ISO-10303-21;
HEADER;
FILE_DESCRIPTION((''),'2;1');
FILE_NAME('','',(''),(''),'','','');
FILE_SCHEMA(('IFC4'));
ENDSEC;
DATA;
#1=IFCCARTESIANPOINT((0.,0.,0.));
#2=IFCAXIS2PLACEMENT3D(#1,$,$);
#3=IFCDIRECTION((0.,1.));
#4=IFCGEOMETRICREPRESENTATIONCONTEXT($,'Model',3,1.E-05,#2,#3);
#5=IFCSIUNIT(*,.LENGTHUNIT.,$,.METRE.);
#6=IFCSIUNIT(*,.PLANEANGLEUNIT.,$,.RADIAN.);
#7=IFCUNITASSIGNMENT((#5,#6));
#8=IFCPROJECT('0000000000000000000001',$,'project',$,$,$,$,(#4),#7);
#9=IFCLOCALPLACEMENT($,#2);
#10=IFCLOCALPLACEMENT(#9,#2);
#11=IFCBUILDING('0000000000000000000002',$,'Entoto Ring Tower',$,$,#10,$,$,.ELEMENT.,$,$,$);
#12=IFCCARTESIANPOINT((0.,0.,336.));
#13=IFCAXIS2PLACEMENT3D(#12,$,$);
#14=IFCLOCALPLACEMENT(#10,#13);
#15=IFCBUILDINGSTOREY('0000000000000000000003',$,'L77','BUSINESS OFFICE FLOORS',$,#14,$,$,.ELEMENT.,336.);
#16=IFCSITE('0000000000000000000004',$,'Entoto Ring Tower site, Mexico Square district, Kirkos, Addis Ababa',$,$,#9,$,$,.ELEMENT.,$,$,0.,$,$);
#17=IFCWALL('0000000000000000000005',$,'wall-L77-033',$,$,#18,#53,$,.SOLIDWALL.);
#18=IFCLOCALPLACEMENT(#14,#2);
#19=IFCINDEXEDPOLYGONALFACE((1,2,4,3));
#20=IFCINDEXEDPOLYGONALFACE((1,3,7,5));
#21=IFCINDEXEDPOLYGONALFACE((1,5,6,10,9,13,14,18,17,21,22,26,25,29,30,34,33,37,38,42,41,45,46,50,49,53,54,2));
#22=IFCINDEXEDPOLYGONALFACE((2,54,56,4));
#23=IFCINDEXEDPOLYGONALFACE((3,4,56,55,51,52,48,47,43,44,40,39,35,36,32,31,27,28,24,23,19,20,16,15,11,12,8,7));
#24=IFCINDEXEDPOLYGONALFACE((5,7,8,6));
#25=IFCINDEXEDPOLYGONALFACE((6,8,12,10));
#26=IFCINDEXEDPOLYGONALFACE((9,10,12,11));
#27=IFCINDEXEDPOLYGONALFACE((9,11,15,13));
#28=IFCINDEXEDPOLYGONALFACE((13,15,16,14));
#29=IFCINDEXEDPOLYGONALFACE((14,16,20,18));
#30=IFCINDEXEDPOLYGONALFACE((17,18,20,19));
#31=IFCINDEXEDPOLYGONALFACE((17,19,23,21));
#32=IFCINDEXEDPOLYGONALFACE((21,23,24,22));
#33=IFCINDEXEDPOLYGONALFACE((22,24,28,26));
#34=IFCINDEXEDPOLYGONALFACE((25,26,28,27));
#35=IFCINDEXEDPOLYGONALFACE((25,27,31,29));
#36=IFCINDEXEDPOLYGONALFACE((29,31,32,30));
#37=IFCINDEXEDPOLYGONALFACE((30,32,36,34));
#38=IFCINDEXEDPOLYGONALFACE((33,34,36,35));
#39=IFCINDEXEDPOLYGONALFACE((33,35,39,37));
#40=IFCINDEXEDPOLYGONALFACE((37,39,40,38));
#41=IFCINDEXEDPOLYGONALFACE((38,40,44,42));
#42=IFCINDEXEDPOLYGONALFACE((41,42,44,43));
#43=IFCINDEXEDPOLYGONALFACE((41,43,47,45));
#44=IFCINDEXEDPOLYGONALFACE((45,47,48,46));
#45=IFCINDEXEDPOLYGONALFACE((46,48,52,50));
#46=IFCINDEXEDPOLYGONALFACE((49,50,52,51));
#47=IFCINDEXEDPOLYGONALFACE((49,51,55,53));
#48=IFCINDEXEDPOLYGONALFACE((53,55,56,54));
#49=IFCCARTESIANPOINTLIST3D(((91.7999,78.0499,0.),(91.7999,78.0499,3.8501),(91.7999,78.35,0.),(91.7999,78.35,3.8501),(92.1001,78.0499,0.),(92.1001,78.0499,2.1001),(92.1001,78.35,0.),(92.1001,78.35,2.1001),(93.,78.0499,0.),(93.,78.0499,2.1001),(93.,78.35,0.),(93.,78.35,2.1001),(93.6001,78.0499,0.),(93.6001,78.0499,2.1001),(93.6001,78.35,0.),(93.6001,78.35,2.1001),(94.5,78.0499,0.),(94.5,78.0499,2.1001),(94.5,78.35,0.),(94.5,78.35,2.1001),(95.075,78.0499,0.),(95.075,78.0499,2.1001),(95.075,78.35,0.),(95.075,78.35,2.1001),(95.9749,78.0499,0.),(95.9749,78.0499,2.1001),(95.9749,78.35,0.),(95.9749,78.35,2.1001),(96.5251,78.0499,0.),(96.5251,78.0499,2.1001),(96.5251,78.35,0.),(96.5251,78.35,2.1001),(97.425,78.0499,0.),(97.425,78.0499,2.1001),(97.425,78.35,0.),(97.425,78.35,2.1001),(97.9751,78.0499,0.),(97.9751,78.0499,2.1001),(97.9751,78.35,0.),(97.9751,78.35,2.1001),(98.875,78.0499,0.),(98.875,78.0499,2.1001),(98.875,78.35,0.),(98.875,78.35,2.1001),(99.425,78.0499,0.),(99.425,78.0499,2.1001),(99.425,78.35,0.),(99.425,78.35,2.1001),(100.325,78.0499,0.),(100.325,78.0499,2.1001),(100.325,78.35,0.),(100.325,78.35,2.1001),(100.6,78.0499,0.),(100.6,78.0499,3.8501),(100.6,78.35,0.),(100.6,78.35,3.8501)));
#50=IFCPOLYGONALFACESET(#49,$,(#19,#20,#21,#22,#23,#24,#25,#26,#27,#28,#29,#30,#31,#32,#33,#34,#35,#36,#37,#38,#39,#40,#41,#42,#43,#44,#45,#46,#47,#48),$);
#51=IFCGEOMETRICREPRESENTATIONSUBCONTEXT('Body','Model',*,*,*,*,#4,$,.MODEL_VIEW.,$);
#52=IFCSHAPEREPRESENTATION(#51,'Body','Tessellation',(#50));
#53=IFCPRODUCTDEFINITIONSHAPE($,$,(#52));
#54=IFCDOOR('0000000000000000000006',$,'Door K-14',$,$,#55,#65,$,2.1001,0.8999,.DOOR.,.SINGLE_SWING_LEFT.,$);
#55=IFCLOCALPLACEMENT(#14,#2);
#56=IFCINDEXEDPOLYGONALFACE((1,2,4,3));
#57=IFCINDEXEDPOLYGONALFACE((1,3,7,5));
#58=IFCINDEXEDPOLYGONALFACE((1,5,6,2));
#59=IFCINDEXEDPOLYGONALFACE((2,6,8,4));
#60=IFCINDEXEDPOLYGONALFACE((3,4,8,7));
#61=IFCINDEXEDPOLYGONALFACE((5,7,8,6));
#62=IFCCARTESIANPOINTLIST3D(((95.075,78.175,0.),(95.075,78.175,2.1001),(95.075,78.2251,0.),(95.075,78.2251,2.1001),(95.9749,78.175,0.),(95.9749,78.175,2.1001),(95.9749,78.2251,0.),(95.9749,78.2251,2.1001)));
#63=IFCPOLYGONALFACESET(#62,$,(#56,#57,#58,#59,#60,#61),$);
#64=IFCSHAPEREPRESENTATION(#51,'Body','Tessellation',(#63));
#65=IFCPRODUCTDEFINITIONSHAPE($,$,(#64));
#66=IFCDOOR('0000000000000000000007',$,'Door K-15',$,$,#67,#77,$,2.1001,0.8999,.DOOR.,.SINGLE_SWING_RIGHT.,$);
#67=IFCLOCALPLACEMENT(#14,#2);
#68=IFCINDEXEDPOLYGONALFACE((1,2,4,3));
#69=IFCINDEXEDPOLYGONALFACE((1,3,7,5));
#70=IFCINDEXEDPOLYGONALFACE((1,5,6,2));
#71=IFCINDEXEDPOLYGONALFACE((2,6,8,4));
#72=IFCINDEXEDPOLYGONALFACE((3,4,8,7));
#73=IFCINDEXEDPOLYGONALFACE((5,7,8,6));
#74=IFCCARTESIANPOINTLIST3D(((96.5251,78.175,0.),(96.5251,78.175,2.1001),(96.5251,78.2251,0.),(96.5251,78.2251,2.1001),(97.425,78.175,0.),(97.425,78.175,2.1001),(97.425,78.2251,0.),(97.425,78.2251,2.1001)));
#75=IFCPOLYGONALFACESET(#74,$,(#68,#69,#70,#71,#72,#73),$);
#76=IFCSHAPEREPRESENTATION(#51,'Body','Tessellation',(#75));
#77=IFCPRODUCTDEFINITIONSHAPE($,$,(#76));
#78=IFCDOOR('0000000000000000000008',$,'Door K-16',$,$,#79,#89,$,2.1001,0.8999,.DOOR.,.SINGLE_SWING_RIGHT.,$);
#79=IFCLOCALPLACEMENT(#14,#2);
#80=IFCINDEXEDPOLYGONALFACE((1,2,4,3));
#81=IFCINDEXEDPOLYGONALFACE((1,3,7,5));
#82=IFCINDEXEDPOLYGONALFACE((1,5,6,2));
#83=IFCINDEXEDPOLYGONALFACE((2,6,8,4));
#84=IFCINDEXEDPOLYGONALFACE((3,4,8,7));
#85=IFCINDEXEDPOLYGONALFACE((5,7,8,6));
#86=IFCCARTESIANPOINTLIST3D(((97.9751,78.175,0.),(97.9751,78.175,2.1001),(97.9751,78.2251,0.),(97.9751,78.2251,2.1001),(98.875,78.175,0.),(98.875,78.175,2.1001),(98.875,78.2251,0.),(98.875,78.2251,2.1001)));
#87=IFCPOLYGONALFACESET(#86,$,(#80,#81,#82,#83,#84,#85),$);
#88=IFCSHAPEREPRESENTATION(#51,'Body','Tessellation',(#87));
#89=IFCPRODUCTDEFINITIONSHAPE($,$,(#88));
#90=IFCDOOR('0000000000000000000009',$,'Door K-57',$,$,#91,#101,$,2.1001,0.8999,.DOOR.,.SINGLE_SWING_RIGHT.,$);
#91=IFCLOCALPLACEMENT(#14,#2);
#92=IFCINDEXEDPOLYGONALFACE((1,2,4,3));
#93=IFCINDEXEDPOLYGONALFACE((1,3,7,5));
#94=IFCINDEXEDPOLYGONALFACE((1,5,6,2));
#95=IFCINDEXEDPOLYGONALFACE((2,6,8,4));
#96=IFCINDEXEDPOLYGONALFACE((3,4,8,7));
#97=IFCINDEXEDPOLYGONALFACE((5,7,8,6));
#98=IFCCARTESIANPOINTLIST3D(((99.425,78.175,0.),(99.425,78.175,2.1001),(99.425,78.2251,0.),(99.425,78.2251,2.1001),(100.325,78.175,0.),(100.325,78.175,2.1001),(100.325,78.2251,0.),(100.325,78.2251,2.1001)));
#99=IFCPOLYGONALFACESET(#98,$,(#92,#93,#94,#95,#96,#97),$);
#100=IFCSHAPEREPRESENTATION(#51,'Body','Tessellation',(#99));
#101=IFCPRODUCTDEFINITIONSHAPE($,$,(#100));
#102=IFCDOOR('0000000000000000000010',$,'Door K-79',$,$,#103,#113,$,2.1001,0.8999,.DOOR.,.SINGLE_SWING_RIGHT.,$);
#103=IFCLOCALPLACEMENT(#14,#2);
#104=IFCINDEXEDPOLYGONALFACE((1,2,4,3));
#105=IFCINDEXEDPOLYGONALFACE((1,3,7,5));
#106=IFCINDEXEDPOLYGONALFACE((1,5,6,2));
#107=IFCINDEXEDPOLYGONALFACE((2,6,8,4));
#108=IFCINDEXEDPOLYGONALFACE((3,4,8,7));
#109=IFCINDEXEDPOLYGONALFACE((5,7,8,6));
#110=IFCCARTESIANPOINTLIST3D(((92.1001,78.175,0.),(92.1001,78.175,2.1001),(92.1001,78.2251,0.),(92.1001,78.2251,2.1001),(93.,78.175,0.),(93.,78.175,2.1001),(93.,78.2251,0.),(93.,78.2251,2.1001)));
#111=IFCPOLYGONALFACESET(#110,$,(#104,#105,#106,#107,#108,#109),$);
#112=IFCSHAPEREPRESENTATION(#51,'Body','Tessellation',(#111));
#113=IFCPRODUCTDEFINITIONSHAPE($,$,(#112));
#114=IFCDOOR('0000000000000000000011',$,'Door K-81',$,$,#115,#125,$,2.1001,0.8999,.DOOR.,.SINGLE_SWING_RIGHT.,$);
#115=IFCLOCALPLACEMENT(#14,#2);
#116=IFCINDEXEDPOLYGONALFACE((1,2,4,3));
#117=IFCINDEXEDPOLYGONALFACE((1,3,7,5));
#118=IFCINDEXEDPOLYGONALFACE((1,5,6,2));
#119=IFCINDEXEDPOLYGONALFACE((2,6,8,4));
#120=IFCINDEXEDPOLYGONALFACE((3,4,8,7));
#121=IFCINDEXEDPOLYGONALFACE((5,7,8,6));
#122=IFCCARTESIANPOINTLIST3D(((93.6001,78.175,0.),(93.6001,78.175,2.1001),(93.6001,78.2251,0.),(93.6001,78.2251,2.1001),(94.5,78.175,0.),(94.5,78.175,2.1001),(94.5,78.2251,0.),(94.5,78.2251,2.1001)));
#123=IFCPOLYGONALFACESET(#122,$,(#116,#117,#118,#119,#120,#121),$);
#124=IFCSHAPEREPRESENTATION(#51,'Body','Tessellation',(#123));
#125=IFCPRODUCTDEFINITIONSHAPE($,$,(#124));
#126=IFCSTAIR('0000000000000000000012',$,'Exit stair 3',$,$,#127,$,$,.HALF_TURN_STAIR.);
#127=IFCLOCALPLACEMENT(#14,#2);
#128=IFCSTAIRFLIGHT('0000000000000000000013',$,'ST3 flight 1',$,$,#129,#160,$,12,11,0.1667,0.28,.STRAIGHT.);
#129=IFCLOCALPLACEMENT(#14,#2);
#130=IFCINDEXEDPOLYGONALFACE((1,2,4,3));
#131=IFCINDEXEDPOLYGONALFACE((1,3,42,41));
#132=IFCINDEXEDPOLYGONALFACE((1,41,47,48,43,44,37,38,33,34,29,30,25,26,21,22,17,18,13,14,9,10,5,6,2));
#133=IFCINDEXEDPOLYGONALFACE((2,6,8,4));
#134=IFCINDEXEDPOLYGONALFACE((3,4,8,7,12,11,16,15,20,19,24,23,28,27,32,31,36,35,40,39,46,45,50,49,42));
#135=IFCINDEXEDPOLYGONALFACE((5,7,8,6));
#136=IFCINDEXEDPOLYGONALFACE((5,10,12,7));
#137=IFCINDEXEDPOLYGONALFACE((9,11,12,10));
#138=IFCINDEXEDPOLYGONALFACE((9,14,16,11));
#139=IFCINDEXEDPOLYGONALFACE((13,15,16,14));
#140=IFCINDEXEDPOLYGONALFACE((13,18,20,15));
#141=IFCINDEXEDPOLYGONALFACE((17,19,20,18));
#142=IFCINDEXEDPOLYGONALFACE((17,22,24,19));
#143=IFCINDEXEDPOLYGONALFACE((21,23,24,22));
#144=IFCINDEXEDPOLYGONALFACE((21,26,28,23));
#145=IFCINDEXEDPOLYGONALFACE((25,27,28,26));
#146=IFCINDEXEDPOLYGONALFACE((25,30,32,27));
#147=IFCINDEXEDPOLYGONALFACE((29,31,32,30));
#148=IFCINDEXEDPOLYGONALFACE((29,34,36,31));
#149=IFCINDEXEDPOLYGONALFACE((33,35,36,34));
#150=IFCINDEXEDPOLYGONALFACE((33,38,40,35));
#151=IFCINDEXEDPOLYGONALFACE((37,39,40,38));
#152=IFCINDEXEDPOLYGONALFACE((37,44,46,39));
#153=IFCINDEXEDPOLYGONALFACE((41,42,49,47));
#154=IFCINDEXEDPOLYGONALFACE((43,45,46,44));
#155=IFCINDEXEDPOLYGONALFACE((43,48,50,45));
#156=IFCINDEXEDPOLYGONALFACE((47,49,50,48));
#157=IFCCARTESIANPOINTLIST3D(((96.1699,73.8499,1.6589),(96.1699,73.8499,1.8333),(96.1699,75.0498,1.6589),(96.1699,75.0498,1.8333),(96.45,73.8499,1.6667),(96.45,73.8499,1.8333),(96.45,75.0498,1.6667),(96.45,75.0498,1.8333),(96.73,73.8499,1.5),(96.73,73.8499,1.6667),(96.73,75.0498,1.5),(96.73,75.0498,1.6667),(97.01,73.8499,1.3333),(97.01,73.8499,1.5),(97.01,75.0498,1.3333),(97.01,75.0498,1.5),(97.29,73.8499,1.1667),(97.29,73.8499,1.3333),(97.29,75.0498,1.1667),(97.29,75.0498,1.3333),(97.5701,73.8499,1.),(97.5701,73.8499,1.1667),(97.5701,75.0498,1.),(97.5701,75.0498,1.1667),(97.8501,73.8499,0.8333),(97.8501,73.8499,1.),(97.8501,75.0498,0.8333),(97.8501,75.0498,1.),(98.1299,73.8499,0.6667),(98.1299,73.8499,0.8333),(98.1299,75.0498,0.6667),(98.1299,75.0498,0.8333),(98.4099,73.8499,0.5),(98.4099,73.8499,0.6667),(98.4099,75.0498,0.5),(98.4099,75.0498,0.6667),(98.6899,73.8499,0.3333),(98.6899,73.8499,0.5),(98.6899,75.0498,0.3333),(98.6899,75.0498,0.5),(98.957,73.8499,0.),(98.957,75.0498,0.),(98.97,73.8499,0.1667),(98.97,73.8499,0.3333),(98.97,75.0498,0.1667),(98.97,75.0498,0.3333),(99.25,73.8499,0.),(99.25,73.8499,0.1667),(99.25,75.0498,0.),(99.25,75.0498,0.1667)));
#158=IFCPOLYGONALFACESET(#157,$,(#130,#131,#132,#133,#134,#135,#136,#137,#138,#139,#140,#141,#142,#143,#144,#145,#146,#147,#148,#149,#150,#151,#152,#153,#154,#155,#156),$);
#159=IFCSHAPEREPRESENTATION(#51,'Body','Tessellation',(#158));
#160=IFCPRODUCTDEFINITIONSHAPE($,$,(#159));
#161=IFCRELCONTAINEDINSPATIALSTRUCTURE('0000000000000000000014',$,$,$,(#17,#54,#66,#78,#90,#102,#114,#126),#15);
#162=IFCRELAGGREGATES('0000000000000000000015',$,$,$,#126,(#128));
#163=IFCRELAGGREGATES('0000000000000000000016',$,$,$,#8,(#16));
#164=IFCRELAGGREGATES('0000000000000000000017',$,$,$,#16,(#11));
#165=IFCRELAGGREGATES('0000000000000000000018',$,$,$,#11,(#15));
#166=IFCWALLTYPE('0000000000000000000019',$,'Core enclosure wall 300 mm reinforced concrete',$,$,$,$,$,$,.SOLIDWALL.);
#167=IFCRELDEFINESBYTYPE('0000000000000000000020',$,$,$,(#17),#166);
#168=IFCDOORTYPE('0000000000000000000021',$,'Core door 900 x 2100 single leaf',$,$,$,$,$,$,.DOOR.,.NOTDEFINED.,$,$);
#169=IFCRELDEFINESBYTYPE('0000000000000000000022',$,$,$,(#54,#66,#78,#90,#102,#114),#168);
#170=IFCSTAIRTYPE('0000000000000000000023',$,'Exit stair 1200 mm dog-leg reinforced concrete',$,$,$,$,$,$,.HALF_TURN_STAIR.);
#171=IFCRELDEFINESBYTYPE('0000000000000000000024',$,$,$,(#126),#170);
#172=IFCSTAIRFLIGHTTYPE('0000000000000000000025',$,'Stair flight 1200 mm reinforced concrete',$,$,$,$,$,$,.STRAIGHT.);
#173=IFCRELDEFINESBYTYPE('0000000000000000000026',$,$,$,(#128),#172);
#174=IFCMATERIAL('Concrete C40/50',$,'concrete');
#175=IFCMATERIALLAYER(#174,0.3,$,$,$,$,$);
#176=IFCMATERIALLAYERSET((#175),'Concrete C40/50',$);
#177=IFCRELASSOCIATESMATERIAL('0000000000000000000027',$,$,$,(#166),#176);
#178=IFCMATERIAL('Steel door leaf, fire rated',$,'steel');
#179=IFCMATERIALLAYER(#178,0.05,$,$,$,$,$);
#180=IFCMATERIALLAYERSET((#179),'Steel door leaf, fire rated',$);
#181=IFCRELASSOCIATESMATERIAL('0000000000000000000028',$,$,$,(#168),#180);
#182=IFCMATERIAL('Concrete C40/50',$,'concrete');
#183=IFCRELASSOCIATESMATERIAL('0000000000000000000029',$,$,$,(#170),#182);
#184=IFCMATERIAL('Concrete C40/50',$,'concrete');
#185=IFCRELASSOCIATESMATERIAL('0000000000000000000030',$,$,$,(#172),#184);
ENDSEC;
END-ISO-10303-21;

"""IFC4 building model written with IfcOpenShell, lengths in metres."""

from ifc_helpers import new_model, si_unit, direction, frame, frame_2d, origin, place, context, subcontext, project, spatial, polyline, rectangle, outline, extrude, material, layer, layer_set, type_object, element, fill, aggregate, save


model = new_model("IFC4")

# Units and contexts
model_context = context("Model", 3, precision=1e-05, world=origin(), true_north=direction((0.0, 1.0)))
body_context = subcontext(model_context, "Body", "Model", "MODEL_VIEW")
ifc_project = project(units=[si_unit("LENGTHUNIT", "METRE"), si_unit("PLANEANGLEUNIT", "RADIAN")], contexts=[model_context])

# Site, building, storey
site_placement = place(None, origin())
site = spatial("IfcSite", under=ifc_project, at=site_placement, Name="Entoto Ring Tower site, Mexico Square district, Kirkos, Addis Ababa", CompositionType="ELEMENT", RefElevation=0.0)
building_placement = place(site_placement, origin())
building = spatial("IfcBuilding", under=site, at=building_placement, Name="Entoto Ring Tower", CompositionType="ELEMENT")
storey_placement = place(building_placement, frame((0.0, 0.0, 336.0)))
storey = spatial("IfcBuildingStorey", under=building, at=storey_placement, Name="L77", Description="BUSINESS OFFICE FLOORS", CompositionType="ELEMENT", Elevation=336.0)

# Shared definitions
ifc_material_1 = material(Name="Concrete C40/50", Category="concrete")
ifc_layer_1 = layer(ifc_material_1, 0.3)
ifc_layer_set_1 = layer_set([ifc_layer_1], Name="Concrete C40/50")
wall_type = type_object("IfcWallType", Name="Core enclosure wall 300 mm reinforced concrete", PredefinedType="SOLIDWALL", material=ifc_layer_set_1)

# Shared definitions
ifc_material_2 = material(Name="Steel door leaf, fire rated", Category="steel")
ifc_layer_2 = layer(ifc_material_2, 0.05)
ifc_layer_set_2 = layer_set([ifc_layer_2], Name="Steel door leaf, fire rated")
door_type_1 = type_object("IfcDoorType", Name="Core door 900 x 2100 single leaf", OperationType="NOTDEFINED", PredefinedType="DOOR", material=ifc_layer_set_2)

# Wall, openings, doors
wall_1_placement = place(storey_placement, frame((91.8, 78.2, 0.0), z_axis=(0.0, 0.0, 1.0), x_axis=(1.0, 0.0, 0.0)))
wall_1 = element("IfcWall", 1, at=wall_1_placement, inside=storey, type_object=wall_type, Name="wall-L77-033", PredefinedType="SOLIDWALL", context=body_context, shape_type="SweptSolid", body=[
    extrude(rectangle(XDim=8.8, YDim=0.3, at=frame_2d((4.3999, 0.0))), origin(), (0.0, 0.0, 1.0), 3.8501),
])
opening_1_placement = place(wall_1_placement, frame((3.2749, 0.0, 0.0)))
opening_1 = element("IfcOpeningElement", 2, at=opening_1_placement, cuts=wall_1, PredefinedType="OPENING", context=body_context, shape_type="SweptSolid", body=[
    extrude(rectangle(XDim=0.8999, YDim=2.1001, at=frame_2d((0.45, 1.05))), frame((0.0, 0.1602, 0.0), z_axis=(0.0, -1.0, 0.0), x_axis=(1.0, 0.0, 0.0)), (0.0, 0.0, 1.0), 0.3201),
])
opening_2_placement = place(wall_1_placement, frame((4.7251, 0.0, 0.0)))
opening_2 = element("IfcOpeningElement", 3, at=opening_2_placement, cuts=wall_1, PredefinedType="OPENING", context=body_context, shape_type="SweptSolid", body=[
    extrude(rectangle(XDim=0.8999, YDim=2.1001, at=frame_2d((0.45, 1.05))), frame((0.0, 0.1602, 0.0), z_axis=(0.0, -1.0, 0.0), x_axis=(1.0, 0.0, 0.0)), (0.0, 0.0, 1.0), 0.3201),
])
opening_3_placement = place(wall_1_placement, frame((6.175, 0.0, 0.0)))
opening_3 = element("IfcOpeningElement", 4, at=opening_3_placement, cuts=wall_1, PredefinedType="OPENING", context=body_context, shape_type="SweptSolid", body=[
    extrude(rectangle(XDim=0.8999, YDim=2.1001, at=frame_2d((0.45, 1.05))), frame((0.0, 0.1602, 0.0), z_axis=(0.0, -1.0, 0.0), x_axis=(1.0, 0.0, 0.0)), (0.0, 0.0, 1.0), 0.3201),
])
opening_4_placement = place(wall_1_placement, frame((7.625, 0.0, 0.0)))
opening_4 = element("IfcOpeningElement", 5, at=opening_4_placement, cuts=wall_1, PredefinedType="OPENING", context=body_context, shape_type="SweptSolid", body=[
    extrude(rectangle(XDim=0.8999, YDim=2.1001, at=frame_2d((0.45, 1.05))), frame((0.0, 0.1602, 0.0), z_axis=(0.0, -1.0, 0.0), x_axis=(1.0, 0.0, 0.0)), (0.0, 0.0, 1.0), 0.3201),
])
opening_5_placement = place(wall_1_placement, frame((0.3, 0.0, 0.0)))
opening_5 = element("IfcOpeningElement", 6, at=opening_5_placement, cuts=wall_1, PredefinedType="OPENING", context=body_context, shape_type="SweptSolid", body=[
    extrude(rectangle(XDim=0.8999, YDim=2.1001, at=frame_2d((0.45, 1.05))), frame((0.0, 0.1602, 0.0), z_axis=(0.0, -1.0, 0.0), x_axis=(1.0, 0.0, 0.0)), (0.0, 0.0, 1.0), 0.3201),
])
opening_6_placement = place(wall_1_placement, frame((1.8, 0.0, 0.0)))
opening_6 = element("IfcOpeningElement", 7, at=opening_6_placement, cuts=wall_1, PredefinedType="OPENING", context=body_context, shape_type="SweptSolid", body=[
    extrude(rectangle(XDim=0.8999, YDim=2.1001, at=frame_2d((0.45, 1.05))), frame((0.0, 0.1602, 0.0), z_axis=(0.0, -1.0, 0.0), x_axis=(1.0, 0.0, 0.0)), (0.0, 0.0, 1.0), 0.3201),
])
door_1_placement = place(opening_1_placement, frame((0.8999, 0.0, 0.0), z_axis=(0.0, 0.0, 1.0), x_axis=(-1.0, 0.0, 0.0)))
door_1 = element("IfcDoor", 8, at=door_1_placement, inside=storey, type_object=door_type_1, Name="Door K-14", OperationType="SINGLE_SWING_LEFT", OverallHeight=2.1001, OverallWidth=0.8999, PredefinedType="DOOR", context=body_context, shape_type="SweptSolid", body=[
    extrude(rectangle(XDim=0.8999, YDim=2.1001, at=frame_2d((0.45, 1.05))), frame((0.0, 0.0249, 0.0), z_axis=(0.0, -1.0, 0.0), x_axis=(1.0, 0.0, 0.0)), (0.0, 0.0, 1.0), 0.05),
])
fill(opening_1, door_1)
door_2_placement = place(opening_2_placement, frame((0.8999, 0.0, 0.0), z_axis=(0.0, 0.0, 1.0), x_axis=(-1.0, 0.0, 0.0)))
door_2 = element("IfcDoor", 9, at=door_2_placement, inside=storey, type_object=door_type_1, Name="Door K-15", OperationType="SINGLE_SWING_RIGHT", OverallHeight=2.1001, OverallWidth=0.8999, PredefinedType="DOOR", context=body_context, shape_type="SweptSolid", body=[
    extrude(rectangle(XDim=0.8999, YDim=2.1001, at=frame_2d((0.45, 1.05))), frame((0.0, 0.0249, 0.0), z_axis=(0.0, -1.0, 0.0), x_axis=(1.0, 0.0, 0.0)), (0.0, 0.0, 1.0), 0.05),
])
fill(opening_2, door_2)
door_3_placement = place(opening_3_placement, frame((0.8999, 0.0, 0.0), z_axis=(0.0, 0.0, 1.0), x_axis=(-1.0, 0.0, 0.0)))
door_3 = element("IfcDoor", 10, at=door_3_placement, inside=storey, type_object=door_type_1, Name="Door K-16", OperationType="SINGLE_SWING_RIGHT", OverallHeight=2.1001, OverallWidth=0.8999, PredefinedType="DOOR", context=body_context, shape_type="SweptSolid", body=[
    extrude(rectangle(XDim=0.8999, YDim=2.1001, at=frame_2d((0.45, 1.05))), frame((0.0, 0.0249, 0.0), z_axis=(0.0, -1.0, 0.0), x_axis=(1.0, 0.0, 0.0)), (0.0, 0.0, 1.0), 0.05),
])
fill(opening_3, door_3)
door_4_placement = place(opening_4_placement, frame((0.8999, 0.0, 0.0), z_axis=(0.0, 0.0, 1.0), x_axis=(-1.0, 0.0, 0.0)))
door_4 = element("IfcDoor", 11, at=door_4_placement, inside=storey, type_object=door_type_1, Name="Door K-57", OperationType="SINGLE_SWING_RIGHT", OverallHeight=2.1001, OverallWidth=0.8999, PredefinedType="DOOR", context=body_context, shape_type="SweptSolid", body=[
    extrude(rectangle(XDim=0.8999, YDim=2.1001, at=frame_2d((0.45, 1.05))), frame((0.0, 0.0249, 0.0), z_axis=(0.0, -1.0, 0.0), x_axis=(1.0, 0.0, 0.0)), (0.0, 0.0, 1.0), 0.05),
])
fill(opening_4, door_4)
door_5_placement = place(opening_5_placement, frame((0.8999, 0.0, 0.0), z_axis=(0.0, 0.0, 1.0), x_axis=(-1.0, 0.0, 0.0)))
door_5 = element("IfcDoor", 12, at=door_5_placement, inside=storey, type_object=door_type_1, Name="Door K-79", OperationType="SINGLE_SWING_RIGHT", OverallHeight=2.1001, OverallWidth=0.8999, PredefinedType="DOOR", context=body_context, shape_type="SweptSolid", body=[
    extrude(rectangle(XDim=0.8999, YDim=2.1001, at=frame_2d((0.45, 1.05))), frame((0.0, 0.0249, 0.0), z_axis=(0.0, -1.0, 0.0), x_axis=(1.0, 0.0, 0.0)), (0.0, 0.0, 1.0), 0.05),
])
fill(opening_5, door_5)
door_6_placement = place(opening_6_placement, frame((0.8999, 0.0, 0.0), z_axis=(0.0, 0.0, 1.0), x_axis=(-1.0, 0.0, 0.0)))
door_6 = element("IfcDoor", 13, at=door_6_placement, inside=storey, type_object=door_type_1, Name="Door K-81", OperationType="SINGLE_SWING_RIGHT", OverallHeight=2.1001, OverallWidth=0.8999, PredefinedType="DOOR", context=body_context, shape_type="SweptSolid", body=[
    extrude(rectangle(XDim=0.8999, YDim=2.1001, at=frame_2d((0.45, 1.05))), frame((0.0, 0.0249, 0.0), z_axis=(0.0, -1.0, 0.0), x_axis=(1.0, 0.0, 0.0)), (0.0, 0.0, 1.0), 0.05),
])
fill(opening_6, door_6)

# Stair, stair flight
ifc_material_3 = material(Name="Concrete C40/50", Category="concrete")
stair_type = type_object("IfcStairType", Name="Exit stair 1200 mm dog-leg reinforced concrete", PredefinedType="HALF_TURN_STAIR", material=ifc_material_3)
stair_placement = place(storey_placement, origin())
stair = element("IfcStair", 14, at=stair_placement, inside=storey, type_object=stair_type, Name="Exit stair 3", PredefinedType="HALF_TURN_STAIR")
ifc_material_4 = material(Name="Concrete C40/50", Category="concrete")
stair_flight_type = type_object("IfcStairFlightType", Name="Stair flight 1200 mm reinforced concrete", PredefinedType="STRAIGHT", material=ifc_material_4)
stair_flight_1_placement = place(storey_placement, frame((99.25, 74.45, 0.0), z_axis=(0.0, 0.0, 1.0), x_axis=(-1.0, 0.0, 0.0)))
stair_flight_1 = element("IfcStairFlight", 15, at=stair_flight_1_placement, type_object=stair_flight_type, Name="ST3 flight 1", NumberOfRisers=12, NumberOfTreads=11, PredefinedType="STRAIGHT", RiserHeight=0.1667, TreadLength=0.28, context=body_context, shape_type="SweptSolid", body=[
    extrude(outline(polyline([(0.0, 0.0), (0.0, 0.1667), (0.28, 0.1667), (0.28, 0.3333), (0.5601, 0.3333), (0.5601, 0.5), (0.8401, 0.5), (0.8401, 0.6667), (1.1201, 0.6667), (1.1201, 0.8333), (1.3999, 0.8333), (1.3999, 1.0), (1.6799, 1.0), (1.6799, 1.1667), (1.96, 1.1667), (1.96, 1.3333), (2.24, 1.3333), (2.24, 1.5), (2.52, 1.5), (2.52, 1.6667), (2.8, 1.6667), (2.8, 1.8333), (3.0801, 1.8333), (3.0801, 2.0), (3.0801, 1.6589), (0.293, 0.0), (0.0, 0.0)])), frame((0.0, 0.6001, 0.0), z_axis=(0.0, -1.0, 0.0), x_axis=(1.0, 0.0, 0.0)), (0.0, 0.0, 1.0), 1.2),
])
aggregate(stair, [stair_flight_1])

save(model, "model.ifc")
